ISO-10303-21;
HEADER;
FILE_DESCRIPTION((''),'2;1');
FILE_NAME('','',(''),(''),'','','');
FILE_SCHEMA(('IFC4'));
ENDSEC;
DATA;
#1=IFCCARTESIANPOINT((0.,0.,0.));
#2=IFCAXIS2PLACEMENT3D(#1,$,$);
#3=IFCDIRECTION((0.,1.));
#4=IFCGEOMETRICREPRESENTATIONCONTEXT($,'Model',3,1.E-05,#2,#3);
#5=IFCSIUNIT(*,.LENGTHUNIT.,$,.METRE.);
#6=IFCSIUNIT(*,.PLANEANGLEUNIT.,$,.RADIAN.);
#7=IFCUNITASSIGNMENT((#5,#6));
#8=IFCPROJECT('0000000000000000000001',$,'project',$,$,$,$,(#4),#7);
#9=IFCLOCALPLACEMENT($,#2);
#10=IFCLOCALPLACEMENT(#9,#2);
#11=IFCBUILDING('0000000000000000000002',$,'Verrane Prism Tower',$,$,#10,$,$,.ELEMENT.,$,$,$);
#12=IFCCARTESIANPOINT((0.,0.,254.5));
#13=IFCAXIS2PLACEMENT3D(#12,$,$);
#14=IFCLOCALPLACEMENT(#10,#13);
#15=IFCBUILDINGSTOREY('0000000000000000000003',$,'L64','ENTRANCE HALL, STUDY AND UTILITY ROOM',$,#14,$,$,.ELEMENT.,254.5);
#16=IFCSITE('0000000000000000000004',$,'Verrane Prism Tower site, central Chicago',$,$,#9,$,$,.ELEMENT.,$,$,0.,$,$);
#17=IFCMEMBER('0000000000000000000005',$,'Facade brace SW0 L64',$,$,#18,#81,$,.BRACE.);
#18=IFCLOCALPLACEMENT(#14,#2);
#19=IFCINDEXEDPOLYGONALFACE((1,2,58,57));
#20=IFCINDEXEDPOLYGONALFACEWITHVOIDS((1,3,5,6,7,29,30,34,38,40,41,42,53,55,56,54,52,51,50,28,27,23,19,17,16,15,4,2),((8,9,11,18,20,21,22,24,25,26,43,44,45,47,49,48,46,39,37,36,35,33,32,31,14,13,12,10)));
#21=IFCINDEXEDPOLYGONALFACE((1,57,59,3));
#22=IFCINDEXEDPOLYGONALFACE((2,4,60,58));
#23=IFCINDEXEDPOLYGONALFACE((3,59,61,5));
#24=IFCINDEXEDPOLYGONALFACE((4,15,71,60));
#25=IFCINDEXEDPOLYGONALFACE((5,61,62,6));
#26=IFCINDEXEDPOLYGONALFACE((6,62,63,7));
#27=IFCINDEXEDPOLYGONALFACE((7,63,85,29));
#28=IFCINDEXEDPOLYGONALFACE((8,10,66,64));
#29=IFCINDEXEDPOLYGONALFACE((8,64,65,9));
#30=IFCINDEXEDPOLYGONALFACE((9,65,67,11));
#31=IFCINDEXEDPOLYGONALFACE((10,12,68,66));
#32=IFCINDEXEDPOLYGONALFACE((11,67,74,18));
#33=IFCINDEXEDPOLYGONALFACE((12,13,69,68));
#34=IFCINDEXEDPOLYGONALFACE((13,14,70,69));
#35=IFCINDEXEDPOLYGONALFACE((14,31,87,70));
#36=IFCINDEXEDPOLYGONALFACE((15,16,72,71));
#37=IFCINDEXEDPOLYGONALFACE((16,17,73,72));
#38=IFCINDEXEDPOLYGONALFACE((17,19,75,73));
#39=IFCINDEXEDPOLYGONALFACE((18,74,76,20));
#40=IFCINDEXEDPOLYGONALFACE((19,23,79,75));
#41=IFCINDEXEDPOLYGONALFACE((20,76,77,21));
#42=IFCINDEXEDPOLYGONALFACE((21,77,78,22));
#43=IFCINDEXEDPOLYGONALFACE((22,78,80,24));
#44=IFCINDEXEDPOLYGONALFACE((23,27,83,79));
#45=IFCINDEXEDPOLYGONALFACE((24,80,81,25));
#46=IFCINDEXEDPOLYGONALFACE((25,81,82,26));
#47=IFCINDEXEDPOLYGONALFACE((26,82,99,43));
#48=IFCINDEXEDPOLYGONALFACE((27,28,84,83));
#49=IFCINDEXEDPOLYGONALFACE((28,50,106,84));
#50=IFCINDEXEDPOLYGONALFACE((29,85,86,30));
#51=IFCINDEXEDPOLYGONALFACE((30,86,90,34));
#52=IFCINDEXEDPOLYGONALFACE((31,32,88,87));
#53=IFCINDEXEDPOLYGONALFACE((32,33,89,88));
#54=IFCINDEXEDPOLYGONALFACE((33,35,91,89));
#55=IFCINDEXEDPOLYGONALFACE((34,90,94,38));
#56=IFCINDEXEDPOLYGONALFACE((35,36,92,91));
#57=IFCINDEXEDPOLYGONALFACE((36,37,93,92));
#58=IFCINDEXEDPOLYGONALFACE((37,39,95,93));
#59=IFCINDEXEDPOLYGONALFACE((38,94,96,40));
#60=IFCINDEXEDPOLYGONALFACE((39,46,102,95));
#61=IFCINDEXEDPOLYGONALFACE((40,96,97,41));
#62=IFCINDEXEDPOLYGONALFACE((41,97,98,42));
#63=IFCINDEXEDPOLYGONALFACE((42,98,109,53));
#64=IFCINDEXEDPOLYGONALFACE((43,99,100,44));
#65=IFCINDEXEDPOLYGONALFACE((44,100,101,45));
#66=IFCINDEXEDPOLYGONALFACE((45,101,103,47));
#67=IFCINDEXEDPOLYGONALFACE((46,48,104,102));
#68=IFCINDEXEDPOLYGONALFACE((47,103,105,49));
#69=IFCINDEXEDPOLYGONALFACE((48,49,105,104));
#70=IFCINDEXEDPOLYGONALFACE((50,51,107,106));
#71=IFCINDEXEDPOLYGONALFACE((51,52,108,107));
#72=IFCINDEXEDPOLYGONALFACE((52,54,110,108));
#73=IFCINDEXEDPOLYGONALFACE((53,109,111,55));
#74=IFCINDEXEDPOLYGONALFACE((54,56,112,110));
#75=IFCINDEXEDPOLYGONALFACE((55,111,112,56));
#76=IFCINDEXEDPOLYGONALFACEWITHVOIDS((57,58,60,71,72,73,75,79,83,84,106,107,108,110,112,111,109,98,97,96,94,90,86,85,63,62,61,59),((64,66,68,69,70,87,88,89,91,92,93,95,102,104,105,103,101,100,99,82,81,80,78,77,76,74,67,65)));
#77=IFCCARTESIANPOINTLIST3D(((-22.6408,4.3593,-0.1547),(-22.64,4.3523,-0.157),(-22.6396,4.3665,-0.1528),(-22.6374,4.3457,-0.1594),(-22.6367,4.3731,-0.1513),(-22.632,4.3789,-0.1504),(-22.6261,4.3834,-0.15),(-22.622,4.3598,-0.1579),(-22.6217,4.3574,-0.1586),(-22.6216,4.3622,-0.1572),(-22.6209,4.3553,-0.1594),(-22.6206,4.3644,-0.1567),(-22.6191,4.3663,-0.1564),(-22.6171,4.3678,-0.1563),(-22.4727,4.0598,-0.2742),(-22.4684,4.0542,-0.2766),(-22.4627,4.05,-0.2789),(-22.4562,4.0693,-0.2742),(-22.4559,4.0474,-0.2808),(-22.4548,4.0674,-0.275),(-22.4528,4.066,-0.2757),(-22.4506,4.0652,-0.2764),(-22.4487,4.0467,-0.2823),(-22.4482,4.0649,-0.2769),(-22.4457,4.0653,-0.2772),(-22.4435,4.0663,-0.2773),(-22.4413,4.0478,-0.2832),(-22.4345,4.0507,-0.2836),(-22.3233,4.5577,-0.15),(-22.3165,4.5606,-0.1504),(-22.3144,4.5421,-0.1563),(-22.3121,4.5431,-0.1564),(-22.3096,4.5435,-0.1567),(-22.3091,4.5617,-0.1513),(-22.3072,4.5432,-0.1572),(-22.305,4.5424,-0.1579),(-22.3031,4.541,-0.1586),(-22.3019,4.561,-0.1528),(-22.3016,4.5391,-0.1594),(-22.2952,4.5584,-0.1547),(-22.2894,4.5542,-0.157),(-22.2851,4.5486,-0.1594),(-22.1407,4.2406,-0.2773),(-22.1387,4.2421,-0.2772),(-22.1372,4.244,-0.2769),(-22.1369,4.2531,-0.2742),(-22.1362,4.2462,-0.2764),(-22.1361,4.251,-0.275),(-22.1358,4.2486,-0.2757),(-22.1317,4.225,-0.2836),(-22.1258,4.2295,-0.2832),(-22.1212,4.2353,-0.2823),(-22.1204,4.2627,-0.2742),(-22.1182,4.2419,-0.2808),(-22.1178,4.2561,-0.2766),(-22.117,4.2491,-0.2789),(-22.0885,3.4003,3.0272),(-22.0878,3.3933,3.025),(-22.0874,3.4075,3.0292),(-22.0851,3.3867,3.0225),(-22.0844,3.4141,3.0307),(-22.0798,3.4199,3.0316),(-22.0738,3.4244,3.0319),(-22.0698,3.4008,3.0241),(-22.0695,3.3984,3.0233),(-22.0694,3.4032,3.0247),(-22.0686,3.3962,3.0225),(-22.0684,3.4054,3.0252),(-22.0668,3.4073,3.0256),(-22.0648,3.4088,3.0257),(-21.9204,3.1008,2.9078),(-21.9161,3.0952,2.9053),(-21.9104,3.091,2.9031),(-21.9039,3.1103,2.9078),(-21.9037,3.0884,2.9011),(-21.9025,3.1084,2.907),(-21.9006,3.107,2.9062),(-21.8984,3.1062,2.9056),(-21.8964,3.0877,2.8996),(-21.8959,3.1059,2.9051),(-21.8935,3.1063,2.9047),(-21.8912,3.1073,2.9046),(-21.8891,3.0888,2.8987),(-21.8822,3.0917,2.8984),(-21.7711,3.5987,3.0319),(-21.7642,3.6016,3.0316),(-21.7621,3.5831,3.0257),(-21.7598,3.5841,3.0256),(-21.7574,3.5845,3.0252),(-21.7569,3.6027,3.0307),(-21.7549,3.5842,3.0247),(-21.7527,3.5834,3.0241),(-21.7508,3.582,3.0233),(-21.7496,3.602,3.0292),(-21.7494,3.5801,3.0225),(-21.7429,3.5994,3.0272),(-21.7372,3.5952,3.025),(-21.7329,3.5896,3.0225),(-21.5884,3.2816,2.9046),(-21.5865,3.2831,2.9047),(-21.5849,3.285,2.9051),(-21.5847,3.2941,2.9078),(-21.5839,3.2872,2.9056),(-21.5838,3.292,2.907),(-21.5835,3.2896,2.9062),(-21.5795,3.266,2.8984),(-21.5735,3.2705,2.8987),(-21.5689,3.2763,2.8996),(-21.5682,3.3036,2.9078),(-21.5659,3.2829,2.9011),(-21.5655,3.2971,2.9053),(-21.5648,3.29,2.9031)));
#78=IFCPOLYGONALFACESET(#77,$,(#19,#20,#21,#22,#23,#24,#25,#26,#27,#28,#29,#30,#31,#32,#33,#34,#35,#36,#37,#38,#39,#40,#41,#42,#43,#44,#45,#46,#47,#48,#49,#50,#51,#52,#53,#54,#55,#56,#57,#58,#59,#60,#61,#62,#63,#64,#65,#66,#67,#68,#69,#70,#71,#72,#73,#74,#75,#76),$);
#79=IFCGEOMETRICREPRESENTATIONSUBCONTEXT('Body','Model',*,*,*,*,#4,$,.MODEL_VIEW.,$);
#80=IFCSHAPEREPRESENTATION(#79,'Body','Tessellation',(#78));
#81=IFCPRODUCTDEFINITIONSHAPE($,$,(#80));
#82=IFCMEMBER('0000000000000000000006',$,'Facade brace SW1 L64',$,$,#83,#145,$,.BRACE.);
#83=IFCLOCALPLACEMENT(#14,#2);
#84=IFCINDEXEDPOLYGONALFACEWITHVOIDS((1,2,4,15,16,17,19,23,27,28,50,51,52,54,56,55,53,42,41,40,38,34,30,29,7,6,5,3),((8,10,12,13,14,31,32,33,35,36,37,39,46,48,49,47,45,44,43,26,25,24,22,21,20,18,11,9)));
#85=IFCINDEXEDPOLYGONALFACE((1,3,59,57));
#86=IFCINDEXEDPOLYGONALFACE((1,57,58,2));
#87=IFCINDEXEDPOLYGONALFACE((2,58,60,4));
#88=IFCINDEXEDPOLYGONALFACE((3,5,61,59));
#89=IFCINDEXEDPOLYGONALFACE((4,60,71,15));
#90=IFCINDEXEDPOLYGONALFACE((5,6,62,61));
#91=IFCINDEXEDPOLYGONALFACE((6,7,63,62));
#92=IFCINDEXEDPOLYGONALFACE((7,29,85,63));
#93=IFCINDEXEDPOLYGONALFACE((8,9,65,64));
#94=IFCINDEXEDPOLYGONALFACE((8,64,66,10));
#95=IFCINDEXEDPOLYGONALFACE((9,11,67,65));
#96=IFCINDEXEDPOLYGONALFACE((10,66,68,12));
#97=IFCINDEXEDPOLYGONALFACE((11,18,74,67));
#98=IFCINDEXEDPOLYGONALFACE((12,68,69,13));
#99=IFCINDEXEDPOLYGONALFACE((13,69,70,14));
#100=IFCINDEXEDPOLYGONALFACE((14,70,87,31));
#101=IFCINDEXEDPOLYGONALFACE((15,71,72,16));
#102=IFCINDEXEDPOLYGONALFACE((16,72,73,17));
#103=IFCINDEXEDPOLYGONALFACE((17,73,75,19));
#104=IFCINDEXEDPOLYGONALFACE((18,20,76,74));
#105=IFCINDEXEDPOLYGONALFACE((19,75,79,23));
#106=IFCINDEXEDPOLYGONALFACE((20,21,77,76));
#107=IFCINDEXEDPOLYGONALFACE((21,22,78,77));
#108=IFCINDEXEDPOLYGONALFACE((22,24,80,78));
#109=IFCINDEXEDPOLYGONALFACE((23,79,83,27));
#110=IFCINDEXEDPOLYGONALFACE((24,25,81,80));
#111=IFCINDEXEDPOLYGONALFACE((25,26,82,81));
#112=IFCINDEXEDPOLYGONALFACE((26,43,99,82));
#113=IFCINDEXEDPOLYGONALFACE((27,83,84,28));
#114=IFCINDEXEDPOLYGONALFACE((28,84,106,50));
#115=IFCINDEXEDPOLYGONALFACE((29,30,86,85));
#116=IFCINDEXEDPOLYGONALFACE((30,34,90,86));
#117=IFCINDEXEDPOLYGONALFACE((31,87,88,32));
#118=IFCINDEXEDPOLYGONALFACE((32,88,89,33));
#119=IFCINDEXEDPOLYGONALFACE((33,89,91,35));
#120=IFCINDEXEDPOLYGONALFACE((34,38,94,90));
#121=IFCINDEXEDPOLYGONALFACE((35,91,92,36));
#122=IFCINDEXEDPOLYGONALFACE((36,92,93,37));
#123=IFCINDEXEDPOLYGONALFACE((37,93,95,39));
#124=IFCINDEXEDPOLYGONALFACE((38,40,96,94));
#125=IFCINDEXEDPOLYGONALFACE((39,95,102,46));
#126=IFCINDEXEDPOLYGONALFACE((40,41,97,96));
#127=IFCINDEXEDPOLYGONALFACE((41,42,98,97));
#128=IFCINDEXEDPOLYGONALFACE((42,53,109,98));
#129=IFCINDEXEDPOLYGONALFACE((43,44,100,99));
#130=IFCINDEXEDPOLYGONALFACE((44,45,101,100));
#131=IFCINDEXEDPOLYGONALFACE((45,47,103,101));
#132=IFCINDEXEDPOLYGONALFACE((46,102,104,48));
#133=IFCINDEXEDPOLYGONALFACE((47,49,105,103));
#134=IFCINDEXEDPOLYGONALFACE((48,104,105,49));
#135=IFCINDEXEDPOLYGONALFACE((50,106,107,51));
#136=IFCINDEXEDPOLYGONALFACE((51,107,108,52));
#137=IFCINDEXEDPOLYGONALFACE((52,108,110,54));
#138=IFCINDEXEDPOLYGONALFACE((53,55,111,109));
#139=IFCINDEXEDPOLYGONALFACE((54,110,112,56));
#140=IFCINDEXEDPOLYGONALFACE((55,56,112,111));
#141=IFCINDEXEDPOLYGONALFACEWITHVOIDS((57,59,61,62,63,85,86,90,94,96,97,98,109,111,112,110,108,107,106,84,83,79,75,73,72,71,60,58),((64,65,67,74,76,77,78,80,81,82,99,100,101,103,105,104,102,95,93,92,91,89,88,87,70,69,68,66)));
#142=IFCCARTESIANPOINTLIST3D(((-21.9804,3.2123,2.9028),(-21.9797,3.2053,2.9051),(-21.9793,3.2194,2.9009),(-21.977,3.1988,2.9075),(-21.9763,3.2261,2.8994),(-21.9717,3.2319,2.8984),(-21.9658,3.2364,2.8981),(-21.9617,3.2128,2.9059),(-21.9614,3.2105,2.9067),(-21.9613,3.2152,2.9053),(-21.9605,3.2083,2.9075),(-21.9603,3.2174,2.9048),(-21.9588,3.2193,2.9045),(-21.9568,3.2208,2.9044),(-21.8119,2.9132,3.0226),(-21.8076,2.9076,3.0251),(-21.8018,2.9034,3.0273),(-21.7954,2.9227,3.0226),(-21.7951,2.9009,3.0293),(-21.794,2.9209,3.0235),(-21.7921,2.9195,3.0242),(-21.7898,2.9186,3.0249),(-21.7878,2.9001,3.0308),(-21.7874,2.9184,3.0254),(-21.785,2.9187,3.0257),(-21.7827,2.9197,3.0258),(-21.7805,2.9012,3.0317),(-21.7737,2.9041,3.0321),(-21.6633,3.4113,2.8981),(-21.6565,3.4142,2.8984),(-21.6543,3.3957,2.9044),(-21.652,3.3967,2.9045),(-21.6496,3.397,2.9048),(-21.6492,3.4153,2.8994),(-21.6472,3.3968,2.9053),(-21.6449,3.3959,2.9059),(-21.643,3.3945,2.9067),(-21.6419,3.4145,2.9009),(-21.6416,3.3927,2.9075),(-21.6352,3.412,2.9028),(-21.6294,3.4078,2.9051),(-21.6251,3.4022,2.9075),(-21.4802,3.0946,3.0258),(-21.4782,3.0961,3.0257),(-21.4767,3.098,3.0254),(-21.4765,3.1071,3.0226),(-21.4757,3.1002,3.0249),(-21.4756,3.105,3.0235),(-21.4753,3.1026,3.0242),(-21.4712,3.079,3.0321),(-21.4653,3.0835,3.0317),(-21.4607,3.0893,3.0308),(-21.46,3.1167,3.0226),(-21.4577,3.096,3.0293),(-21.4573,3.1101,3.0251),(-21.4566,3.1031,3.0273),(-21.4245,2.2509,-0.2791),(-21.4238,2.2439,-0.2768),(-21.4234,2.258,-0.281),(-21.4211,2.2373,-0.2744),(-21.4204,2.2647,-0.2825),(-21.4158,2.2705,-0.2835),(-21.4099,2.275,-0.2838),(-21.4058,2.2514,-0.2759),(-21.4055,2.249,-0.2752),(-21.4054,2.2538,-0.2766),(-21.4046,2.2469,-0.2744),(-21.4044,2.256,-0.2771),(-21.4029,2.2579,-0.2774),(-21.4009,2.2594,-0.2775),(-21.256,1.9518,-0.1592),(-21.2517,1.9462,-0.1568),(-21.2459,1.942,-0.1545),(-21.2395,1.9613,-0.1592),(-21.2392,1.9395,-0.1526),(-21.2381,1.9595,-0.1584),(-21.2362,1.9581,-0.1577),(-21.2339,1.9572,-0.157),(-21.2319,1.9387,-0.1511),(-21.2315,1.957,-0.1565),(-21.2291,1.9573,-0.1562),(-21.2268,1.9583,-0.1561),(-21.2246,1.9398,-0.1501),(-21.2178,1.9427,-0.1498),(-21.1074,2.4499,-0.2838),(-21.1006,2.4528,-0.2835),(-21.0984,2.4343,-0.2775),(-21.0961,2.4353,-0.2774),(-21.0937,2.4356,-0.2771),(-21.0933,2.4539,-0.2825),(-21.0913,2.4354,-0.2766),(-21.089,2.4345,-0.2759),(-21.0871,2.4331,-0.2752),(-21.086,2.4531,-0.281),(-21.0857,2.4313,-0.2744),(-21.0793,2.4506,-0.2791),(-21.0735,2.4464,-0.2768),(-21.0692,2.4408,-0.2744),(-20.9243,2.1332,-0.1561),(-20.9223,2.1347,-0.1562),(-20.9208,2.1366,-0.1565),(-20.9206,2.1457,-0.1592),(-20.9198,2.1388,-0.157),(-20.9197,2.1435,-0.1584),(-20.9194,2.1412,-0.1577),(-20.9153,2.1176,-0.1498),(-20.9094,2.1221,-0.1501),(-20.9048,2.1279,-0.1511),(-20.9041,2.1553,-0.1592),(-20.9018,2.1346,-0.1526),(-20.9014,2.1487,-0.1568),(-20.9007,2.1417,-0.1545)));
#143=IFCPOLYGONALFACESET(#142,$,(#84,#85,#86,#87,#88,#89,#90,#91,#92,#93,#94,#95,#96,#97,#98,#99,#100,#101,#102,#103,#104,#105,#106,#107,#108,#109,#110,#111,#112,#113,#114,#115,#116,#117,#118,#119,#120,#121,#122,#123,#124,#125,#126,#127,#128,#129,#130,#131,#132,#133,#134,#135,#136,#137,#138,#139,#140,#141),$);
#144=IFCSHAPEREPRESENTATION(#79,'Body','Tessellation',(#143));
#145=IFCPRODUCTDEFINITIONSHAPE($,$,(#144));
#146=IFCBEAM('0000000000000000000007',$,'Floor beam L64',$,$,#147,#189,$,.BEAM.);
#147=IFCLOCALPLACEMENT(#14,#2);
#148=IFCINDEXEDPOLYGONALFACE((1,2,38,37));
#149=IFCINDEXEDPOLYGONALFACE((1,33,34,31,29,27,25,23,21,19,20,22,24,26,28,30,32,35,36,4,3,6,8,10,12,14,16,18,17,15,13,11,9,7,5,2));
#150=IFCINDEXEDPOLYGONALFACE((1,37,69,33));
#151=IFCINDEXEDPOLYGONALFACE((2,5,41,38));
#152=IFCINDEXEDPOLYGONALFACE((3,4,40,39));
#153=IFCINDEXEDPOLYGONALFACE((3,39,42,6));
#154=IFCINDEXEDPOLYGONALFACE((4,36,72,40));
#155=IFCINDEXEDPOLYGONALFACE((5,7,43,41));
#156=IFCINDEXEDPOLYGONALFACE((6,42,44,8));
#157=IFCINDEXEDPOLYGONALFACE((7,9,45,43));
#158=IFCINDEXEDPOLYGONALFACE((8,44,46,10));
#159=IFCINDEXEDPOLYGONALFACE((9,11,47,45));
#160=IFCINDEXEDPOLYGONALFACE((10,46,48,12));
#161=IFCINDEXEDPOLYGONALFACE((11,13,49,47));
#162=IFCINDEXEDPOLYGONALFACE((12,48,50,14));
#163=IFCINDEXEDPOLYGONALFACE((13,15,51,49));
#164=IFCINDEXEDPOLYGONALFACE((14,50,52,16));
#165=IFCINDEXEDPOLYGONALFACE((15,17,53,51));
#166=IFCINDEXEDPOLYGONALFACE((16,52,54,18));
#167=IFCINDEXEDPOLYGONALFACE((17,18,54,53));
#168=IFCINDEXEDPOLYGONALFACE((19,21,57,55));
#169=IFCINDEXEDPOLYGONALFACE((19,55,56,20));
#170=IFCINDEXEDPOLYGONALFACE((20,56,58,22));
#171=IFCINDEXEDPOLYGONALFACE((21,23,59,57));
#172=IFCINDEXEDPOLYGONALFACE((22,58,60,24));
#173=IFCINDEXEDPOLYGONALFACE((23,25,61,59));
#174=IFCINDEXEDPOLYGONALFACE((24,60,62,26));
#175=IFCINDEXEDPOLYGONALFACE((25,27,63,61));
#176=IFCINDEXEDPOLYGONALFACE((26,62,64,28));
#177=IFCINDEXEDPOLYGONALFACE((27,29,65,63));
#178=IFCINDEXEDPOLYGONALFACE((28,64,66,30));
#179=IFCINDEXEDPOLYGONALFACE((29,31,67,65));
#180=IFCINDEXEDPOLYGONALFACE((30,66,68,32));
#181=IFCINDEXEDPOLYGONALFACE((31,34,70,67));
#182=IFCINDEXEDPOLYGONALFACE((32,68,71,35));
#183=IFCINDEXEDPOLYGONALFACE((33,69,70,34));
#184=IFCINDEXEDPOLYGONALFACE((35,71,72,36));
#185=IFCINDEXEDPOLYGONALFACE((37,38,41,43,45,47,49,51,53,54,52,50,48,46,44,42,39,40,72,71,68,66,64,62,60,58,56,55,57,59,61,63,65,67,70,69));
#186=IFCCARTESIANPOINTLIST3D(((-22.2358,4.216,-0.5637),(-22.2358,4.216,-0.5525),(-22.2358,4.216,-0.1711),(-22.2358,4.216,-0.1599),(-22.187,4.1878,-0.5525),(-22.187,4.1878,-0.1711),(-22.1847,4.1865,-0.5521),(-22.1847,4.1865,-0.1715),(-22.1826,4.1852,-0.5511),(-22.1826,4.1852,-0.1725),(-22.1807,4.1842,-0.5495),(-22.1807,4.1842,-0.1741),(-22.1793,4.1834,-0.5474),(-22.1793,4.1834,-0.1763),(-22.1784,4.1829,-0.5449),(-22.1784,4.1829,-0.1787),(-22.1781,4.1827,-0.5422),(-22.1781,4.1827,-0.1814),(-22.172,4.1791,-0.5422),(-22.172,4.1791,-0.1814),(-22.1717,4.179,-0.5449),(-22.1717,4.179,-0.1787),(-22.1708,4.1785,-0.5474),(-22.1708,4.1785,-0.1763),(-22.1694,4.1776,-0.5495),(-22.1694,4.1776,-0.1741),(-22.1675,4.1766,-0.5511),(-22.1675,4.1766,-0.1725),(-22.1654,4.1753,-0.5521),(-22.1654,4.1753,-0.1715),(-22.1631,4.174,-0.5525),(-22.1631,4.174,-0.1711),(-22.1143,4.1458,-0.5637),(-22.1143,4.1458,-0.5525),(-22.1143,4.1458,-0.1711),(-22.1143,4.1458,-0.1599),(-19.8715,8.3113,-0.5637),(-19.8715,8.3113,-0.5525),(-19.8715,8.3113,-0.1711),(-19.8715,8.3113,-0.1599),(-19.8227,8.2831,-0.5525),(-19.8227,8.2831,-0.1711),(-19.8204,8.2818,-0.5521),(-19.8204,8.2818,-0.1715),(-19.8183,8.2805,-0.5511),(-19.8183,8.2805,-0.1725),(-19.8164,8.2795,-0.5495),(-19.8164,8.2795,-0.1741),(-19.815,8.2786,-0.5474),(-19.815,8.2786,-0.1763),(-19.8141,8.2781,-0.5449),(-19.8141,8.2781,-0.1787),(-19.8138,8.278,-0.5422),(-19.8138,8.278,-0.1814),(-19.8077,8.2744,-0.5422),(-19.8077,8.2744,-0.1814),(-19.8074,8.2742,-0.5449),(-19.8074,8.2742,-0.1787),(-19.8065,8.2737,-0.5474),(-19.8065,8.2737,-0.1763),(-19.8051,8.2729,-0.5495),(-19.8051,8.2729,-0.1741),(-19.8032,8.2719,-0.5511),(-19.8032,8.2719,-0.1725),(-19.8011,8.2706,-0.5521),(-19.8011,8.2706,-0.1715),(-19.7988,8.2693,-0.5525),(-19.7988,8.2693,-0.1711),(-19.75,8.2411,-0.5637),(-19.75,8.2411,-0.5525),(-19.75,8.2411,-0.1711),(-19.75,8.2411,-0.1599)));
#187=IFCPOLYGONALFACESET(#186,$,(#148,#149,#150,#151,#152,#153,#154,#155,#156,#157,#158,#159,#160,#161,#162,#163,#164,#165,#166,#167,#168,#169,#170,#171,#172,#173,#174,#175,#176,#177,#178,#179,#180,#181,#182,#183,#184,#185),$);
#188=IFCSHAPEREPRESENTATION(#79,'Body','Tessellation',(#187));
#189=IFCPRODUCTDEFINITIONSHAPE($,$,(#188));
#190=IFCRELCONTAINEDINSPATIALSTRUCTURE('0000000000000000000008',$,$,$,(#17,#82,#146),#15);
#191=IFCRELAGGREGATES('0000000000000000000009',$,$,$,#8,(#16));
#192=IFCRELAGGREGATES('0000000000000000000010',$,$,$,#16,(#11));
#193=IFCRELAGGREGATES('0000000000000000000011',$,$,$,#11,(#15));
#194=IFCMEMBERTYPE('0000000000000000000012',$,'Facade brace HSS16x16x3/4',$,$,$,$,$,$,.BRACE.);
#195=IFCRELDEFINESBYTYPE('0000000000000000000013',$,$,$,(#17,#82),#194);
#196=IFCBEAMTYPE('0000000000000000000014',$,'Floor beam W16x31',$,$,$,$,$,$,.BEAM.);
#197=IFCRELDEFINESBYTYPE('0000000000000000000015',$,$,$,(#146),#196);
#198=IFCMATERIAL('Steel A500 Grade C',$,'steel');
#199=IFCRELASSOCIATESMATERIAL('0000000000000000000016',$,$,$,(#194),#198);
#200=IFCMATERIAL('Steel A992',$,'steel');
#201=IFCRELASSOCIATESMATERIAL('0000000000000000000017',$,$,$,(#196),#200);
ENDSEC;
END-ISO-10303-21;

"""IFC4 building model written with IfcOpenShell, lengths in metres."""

from ifc_helpers import new_model, si_unit, direction, frame, origin, origin_2d, place, context, subcontext, project, spatial, hollow_rectangle, i_section, extrude, material, material_profile, profile_set, type_object, element, save


model = new_model("IFC4")

# Units and contexts
model_context = context("Model", 3, precision=1e-05, world=origin(), true_north=direction((0.0, 1.0)))
body_context = subcontext(model_context, "Body", "Model", "MODEL_VIEW")
ifc_project = project(units=[si_unit("LENGTHUNIT", "METRE"), si_unit("PLANEANGLEUNIT", "RADIAN")], contexts=[model_context])

# Site, building, storey
site_placement = place(None, origin())
site = spatial("IfcSite", under=ifc_project, at=site_placement, Name="Verrane Prism Tower site, central Chicago", CompositionType="ELEMENT", RefElevation=0.0)
building_placement = place(site_placement, origin())
building = spatial("IfcBuilding", under=site, at=building_placement, Name="Verrane Prism Tower", CompositionType="ELEMENT")
storey_placement = place(building_placement, frame((0.0, 0.0, 254.5)))
storey = spatial("IfcBuildingStorey", under=building, at=storey_placement, Name="L64", Description="ENTRANCE HALL, STUDY AND UTILITY ROOM", CompositionType="ELEMENT", Elevation=254.5)

# Members
ifc_material_1 = material(Name="Steel A500 Grade C", Category="steel")
ifc_material_profile_1 = material_profile(ifc_material_1, hollow_rectangle(XDim=0.4065, YDim=0.4065, WallThickness=0.019, InnerFilletRadius=0.0095, OuterFilletRadius=0.0286, at=origin_2d()), Name="HSS16x16x3/4")
ifc_profile_set_1 = profile_set([ifc_material_profile_1], Name="Steel A500 Grade C")
member_type_1 = type_object("IfcMemberType", Name="Facade brace HSS16x16x3/4", PredefinedType="BRACE", material=ifc_profile_set_1)
member_1_placement = place(storey_placement, frame((-22.3789, 4.3042, -0.2168), z_axis=(0.163928, -0.284664, 0.944507), x_axis=(0.866582, 0.499035, 0.0)))
element("IfcMember", 1, at=member_1_placement, inside=storey, type_object=member_type_1, Name="Facade brace SW0 L64", PredefinedType="BRACE", context=body_context, shape_type="SweptSolid", body=[
    extrude(hollow_rectangle(XDim=0.4065, YDim=0.4065, WallThickness=0.019, InnerFilletRadius=0.0095, OuterFilletRadius=0.0286, at=origin_2d()), origin(), (0.0, 0.0, 1.0), 3.3689),
])
member_2_placement = place(storey_placement, frame((-21.1626, 2.1963, -0.2168), z_axis=(-0.164952, 0.285279, 0.944144), x_axis=(-0.865702, -0.50056, 0.0)))
element("IfcMember", 2, at=member_2_placement, inside=storey, type_object=member_type_1, Name="Facade brace SW1 L64", PredefinedType="BRACE", context=body_context, shape_type="SweptSolid", body=[
    extrude(hollow_rectangle(XDim=0.4065, YDim=0.4065, WallThickness=0.019, InnerFilletRadius=0.0095, OuterFilletRadius=0.0286, at=origin_2d()), origin(), (0.0, 0.0, 1.0), 3.3701),
])

# Beam
ifc_material_2 = material(Name="Steel A992", Category="steel")
ifc_material_profile_2 = material_profile(ifc_material_2, i_section(OverallWidth=0.1404, OverallDepth=0.4038, WebThickness=0.0071, FlangeThickness=0.0112, FilletRadius=0.0103, at=origin_2d()), Name="W16x31")
ifc_profile_set_2 = profile_set([ifc_material_profile_2], Name="Steel A992")
beam_type_1 = type_object("IfcBeamType", Name="Floor beam W16x31", PredefinedType="BEAM", material=ifc_profile_set_2)
beam_1_placement = place(storey_placement, frame((-22.175, 4.1809, -0.3618), z_axis=(0.499982, 0.866036, 0.0), x_axis=(-0.866036, 0.499982, 0.0)))
element("IfcBeam", 3, at=beam_1_placement, inside=storey, type_object=beam_type_1, Name="Floor beam L64", PredefinedType="BEAM", context=body_context, shape_type="SweptSolid", body=[
    extrude(i_section(OverallWidth=0.1404, OverallDepth=0.4038, WebThickness=0.0071, FlangeThickness=0.0112, FilletRadius=0.0103, at=origin_2d()), origin(), (0.0, 0.0, 1.0), 4.7288),
])

save(model, "model.ifc")
